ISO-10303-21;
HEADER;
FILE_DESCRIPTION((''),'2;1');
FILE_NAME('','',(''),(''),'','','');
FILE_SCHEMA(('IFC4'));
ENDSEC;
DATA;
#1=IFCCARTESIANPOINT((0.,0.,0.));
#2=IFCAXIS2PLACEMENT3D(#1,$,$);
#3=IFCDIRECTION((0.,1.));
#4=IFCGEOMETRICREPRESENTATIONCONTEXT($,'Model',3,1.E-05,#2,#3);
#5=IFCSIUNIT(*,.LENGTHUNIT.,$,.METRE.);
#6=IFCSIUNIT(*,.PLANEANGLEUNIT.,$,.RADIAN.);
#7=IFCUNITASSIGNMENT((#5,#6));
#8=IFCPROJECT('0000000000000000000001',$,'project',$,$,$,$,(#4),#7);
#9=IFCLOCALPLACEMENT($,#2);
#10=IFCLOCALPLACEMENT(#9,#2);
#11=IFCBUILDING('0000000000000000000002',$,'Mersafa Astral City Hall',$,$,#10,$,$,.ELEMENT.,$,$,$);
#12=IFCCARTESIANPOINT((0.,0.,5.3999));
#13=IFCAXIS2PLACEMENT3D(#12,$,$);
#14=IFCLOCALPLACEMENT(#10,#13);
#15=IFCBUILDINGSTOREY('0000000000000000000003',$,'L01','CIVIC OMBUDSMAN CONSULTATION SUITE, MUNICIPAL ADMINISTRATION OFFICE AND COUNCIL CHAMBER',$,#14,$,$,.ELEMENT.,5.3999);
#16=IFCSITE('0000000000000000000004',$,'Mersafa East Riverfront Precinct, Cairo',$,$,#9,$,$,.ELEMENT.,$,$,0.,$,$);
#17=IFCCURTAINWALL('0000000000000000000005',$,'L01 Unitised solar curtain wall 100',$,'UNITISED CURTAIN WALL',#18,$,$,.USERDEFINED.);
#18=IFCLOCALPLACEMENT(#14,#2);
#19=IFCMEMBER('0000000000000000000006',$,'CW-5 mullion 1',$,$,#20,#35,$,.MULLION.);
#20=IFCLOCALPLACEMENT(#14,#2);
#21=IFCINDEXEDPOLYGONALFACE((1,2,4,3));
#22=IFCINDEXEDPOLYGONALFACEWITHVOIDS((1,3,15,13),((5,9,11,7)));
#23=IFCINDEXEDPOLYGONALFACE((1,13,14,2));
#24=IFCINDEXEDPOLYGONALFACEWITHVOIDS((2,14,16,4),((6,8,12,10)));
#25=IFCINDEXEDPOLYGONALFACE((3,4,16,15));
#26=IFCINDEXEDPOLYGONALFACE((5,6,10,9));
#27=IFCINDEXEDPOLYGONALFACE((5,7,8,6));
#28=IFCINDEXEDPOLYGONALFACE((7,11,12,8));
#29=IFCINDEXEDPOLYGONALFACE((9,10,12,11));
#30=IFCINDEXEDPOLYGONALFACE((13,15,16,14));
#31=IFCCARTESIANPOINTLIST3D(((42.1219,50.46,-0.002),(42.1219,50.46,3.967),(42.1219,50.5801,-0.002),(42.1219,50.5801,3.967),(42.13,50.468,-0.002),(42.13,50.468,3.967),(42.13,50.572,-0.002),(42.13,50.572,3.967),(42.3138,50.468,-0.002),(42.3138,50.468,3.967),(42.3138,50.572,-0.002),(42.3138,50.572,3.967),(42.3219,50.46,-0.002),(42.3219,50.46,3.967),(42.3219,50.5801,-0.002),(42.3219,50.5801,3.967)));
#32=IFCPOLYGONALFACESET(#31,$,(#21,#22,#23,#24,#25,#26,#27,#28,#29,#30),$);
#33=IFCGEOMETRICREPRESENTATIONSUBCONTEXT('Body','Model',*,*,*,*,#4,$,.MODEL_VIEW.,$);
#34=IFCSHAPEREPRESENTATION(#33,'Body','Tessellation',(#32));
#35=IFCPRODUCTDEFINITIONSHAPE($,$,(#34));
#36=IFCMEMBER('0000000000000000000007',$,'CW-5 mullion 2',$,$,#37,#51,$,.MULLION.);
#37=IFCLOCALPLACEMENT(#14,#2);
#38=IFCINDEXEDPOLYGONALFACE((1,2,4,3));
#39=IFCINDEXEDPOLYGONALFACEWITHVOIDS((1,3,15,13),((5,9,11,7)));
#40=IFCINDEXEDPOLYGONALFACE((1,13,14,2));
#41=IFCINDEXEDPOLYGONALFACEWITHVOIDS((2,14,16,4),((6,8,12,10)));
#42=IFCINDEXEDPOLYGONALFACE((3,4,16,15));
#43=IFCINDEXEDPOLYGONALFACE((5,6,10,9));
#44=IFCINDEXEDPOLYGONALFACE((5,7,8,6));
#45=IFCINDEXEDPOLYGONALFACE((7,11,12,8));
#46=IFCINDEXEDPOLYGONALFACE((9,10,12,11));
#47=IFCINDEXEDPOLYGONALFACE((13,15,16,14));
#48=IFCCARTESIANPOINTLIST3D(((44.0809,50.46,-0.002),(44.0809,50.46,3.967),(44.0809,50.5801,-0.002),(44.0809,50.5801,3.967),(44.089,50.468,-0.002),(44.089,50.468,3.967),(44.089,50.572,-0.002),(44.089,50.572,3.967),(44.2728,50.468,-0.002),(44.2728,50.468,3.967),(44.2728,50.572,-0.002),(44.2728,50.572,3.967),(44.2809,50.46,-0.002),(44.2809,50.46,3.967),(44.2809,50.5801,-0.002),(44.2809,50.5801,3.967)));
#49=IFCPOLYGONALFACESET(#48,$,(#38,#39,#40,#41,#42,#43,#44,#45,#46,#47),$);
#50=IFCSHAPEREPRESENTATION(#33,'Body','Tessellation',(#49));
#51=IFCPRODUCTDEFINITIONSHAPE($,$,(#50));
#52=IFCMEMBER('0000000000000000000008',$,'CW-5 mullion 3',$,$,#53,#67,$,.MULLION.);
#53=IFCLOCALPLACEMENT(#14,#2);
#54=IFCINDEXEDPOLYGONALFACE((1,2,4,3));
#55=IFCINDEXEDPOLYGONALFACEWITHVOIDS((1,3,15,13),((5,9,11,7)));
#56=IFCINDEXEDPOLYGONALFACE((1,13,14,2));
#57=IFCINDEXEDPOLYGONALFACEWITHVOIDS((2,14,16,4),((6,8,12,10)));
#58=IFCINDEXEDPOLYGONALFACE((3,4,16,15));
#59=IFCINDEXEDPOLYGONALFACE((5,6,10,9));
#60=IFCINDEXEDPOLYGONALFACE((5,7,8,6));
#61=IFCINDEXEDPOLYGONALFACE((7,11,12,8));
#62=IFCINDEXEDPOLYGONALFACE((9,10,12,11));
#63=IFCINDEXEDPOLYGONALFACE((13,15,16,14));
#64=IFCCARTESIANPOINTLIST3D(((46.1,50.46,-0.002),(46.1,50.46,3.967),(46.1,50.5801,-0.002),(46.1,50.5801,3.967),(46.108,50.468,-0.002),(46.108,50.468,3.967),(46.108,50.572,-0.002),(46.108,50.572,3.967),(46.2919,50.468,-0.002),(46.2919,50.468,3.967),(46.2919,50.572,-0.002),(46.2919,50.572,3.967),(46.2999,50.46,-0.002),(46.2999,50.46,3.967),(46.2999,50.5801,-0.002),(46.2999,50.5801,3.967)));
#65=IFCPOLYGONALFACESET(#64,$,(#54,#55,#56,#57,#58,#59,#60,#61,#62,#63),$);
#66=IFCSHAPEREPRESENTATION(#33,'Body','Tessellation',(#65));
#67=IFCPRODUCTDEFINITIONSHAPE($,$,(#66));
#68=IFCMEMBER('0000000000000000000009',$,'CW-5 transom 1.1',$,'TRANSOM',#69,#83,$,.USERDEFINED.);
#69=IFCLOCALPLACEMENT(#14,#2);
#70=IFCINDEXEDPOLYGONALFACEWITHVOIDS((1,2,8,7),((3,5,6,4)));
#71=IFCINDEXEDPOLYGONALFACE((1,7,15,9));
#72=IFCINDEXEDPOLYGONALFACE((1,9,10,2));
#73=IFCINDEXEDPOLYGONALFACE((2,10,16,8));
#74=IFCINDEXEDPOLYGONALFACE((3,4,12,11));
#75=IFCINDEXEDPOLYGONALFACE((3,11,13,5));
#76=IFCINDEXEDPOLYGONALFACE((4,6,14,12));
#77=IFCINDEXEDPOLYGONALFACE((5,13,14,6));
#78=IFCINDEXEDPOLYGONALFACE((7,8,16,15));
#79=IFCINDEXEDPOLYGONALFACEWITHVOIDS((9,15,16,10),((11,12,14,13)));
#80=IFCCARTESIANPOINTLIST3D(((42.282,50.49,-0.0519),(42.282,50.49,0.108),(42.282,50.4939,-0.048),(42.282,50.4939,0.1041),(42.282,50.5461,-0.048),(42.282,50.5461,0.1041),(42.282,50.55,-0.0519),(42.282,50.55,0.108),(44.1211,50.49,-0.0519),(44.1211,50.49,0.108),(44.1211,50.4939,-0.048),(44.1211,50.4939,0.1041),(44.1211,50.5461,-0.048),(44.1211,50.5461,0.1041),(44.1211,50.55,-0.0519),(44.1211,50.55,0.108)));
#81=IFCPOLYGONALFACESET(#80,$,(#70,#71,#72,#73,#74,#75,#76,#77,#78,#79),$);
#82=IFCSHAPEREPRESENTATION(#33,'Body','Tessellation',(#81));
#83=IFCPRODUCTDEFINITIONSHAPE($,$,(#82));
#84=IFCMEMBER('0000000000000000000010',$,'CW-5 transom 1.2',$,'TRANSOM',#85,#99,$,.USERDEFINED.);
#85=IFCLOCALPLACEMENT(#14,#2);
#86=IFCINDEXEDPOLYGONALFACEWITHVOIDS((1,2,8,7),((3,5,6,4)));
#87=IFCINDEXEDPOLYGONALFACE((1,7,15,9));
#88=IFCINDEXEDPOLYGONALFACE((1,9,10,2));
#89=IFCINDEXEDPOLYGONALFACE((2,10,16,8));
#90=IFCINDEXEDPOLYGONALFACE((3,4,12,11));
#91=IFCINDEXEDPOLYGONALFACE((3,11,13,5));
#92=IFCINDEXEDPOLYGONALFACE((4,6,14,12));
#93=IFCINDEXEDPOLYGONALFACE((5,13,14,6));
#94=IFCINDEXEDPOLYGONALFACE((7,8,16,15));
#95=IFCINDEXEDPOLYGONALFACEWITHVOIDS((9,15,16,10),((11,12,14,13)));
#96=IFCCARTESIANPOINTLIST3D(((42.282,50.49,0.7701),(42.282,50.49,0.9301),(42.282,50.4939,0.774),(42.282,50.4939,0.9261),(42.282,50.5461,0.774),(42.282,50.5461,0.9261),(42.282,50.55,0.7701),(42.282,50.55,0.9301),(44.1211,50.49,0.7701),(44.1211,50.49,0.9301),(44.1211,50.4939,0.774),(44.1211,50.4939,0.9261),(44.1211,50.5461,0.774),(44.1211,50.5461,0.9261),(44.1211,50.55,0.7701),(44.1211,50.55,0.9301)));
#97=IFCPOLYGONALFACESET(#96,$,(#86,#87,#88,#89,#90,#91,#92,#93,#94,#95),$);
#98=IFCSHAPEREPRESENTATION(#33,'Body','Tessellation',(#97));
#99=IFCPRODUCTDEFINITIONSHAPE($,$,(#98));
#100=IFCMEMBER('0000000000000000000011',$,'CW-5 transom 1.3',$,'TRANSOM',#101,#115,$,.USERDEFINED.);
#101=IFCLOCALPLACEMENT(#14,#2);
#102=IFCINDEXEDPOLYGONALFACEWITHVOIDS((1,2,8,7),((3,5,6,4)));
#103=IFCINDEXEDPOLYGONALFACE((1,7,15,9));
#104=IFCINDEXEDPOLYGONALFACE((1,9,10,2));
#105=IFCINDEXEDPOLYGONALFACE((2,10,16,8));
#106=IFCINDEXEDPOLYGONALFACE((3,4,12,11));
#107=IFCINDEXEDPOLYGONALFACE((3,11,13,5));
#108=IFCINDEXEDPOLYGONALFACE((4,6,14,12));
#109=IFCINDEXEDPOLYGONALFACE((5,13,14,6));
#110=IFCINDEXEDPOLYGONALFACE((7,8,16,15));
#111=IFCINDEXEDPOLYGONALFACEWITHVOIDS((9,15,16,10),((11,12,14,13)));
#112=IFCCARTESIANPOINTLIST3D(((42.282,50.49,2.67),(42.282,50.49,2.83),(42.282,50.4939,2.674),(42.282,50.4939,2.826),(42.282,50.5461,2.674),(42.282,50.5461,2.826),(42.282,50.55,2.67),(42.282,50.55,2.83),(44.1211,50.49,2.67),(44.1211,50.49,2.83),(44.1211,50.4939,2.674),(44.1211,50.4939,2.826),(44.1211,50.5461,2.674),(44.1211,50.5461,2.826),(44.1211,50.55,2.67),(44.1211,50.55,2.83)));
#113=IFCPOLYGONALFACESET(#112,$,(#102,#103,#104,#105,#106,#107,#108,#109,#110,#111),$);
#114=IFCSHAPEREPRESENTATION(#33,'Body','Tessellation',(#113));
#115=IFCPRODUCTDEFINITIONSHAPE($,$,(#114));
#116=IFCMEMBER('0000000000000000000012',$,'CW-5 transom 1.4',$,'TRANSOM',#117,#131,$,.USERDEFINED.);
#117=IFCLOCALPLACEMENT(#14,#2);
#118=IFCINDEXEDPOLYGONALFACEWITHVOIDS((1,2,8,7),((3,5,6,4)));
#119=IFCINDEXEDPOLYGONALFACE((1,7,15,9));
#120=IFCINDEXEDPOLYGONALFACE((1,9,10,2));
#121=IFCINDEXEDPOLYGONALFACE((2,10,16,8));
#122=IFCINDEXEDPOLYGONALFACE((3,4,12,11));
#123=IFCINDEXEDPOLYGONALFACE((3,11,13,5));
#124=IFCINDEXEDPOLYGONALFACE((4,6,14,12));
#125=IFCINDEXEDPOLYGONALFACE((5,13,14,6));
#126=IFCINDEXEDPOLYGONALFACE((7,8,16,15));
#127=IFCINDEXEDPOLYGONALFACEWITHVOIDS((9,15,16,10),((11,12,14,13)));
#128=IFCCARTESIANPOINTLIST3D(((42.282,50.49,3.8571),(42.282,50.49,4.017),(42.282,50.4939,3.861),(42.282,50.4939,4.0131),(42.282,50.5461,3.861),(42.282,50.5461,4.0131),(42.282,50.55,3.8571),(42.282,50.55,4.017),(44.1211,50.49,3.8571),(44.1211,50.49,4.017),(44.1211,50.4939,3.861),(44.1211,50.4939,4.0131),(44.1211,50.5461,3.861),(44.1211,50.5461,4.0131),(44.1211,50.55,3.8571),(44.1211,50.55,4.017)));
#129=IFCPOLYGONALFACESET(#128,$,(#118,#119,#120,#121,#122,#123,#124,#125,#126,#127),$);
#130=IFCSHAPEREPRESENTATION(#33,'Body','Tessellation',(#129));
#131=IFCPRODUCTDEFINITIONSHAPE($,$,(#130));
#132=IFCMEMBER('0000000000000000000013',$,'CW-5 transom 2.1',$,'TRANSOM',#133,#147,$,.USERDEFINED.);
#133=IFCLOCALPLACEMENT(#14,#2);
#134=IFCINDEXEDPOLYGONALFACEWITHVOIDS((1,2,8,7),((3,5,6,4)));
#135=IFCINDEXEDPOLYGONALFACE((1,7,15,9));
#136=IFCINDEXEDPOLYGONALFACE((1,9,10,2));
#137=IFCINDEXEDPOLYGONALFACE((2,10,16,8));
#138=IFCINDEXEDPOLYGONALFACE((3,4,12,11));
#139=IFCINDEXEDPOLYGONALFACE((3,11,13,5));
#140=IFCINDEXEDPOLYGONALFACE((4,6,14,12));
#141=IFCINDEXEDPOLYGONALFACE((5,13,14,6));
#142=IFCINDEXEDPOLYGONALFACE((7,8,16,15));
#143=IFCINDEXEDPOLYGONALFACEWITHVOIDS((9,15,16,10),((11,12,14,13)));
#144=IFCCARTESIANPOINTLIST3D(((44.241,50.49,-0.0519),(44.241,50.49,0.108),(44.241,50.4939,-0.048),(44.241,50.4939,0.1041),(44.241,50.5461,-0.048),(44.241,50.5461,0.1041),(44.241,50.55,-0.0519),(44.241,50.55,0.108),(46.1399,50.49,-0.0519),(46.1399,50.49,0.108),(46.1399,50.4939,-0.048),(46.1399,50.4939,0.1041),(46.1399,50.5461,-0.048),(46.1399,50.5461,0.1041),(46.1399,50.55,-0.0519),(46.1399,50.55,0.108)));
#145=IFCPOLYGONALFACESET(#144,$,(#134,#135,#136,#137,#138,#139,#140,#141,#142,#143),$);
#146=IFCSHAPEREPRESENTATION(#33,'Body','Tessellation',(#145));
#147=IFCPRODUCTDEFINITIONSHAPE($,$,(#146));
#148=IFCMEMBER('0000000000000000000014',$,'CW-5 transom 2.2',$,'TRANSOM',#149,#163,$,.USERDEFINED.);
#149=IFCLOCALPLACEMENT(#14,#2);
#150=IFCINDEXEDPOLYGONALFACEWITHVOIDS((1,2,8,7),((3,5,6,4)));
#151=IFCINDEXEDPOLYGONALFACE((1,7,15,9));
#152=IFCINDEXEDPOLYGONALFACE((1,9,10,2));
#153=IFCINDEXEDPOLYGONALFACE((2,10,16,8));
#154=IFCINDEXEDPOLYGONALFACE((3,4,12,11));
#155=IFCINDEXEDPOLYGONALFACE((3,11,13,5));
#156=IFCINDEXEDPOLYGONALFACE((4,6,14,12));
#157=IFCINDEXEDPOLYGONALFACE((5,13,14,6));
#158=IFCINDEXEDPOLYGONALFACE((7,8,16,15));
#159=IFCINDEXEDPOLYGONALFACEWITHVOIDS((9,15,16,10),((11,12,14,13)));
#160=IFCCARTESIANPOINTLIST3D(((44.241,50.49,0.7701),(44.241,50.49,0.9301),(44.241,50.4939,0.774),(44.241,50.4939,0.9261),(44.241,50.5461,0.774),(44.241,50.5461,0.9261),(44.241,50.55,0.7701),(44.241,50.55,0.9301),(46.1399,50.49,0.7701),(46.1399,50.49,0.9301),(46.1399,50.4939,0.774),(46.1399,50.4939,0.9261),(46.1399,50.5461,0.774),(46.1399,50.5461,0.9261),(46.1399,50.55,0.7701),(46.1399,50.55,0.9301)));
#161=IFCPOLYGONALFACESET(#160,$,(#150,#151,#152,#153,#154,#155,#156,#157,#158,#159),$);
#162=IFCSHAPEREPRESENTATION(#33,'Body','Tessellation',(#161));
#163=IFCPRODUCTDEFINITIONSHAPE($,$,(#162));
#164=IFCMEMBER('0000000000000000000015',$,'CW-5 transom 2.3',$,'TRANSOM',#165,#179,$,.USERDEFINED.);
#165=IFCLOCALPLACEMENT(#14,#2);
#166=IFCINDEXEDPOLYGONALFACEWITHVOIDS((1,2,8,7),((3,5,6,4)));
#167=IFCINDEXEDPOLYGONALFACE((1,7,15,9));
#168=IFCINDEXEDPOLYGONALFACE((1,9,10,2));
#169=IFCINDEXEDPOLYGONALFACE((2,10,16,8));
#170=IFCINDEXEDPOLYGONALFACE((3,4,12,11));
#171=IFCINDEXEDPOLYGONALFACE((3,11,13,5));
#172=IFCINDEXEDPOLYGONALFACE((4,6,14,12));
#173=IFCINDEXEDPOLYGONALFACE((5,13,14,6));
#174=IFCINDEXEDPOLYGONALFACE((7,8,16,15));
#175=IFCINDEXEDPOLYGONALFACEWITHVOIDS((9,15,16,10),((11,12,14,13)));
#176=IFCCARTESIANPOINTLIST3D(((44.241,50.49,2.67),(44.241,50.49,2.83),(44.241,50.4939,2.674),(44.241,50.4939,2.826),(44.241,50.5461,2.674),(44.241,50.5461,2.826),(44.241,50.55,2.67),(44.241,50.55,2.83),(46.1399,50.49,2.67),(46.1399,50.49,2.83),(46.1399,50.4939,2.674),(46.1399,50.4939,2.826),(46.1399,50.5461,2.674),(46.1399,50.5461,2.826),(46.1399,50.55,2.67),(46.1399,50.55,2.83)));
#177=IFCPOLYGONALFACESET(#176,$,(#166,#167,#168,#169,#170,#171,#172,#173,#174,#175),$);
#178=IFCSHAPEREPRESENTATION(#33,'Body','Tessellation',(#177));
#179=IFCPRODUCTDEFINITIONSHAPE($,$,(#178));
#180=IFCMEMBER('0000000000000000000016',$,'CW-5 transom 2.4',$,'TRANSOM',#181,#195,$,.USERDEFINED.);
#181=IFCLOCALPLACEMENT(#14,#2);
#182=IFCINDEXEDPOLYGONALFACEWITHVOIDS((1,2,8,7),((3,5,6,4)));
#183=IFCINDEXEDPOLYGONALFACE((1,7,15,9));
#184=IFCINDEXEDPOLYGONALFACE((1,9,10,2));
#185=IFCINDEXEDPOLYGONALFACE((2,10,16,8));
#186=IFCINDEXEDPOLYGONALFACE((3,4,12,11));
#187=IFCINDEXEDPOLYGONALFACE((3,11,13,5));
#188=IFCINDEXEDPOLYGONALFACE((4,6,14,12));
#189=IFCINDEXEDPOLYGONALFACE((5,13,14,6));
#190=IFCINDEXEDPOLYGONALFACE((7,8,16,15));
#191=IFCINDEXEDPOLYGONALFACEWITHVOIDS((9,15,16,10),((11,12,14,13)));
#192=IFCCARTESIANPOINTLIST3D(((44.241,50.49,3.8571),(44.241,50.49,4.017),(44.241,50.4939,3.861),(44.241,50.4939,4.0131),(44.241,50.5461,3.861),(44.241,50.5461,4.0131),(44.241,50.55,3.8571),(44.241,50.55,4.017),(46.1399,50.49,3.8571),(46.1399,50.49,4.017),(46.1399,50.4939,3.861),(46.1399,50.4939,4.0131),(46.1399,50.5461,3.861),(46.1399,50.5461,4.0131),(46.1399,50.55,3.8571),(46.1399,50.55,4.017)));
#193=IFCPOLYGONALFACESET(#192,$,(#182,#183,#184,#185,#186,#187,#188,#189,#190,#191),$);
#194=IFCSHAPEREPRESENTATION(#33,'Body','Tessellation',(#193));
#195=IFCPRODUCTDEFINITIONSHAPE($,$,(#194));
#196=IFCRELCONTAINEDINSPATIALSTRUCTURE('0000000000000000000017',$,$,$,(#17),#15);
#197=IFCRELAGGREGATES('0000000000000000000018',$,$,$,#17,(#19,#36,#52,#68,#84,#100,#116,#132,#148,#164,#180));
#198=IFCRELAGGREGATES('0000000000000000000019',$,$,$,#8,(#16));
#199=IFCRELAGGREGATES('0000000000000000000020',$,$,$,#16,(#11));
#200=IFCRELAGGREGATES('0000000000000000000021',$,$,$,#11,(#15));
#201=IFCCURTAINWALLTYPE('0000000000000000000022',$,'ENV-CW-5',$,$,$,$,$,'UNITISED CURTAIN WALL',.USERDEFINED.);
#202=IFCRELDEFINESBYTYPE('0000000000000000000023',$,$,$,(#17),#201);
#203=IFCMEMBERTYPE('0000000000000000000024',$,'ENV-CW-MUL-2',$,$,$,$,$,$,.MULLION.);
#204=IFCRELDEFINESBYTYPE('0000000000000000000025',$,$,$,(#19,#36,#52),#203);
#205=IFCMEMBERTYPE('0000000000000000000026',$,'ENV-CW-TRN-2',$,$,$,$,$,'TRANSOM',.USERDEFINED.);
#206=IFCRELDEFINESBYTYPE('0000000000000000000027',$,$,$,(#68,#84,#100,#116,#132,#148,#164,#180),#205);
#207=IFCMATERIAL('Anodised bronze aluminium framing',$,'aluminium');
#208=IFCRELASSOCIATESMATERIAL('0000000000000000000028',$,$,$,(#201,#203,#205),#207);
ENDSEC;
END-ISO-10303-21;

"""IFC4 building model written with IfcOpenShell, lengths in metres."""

from ifc_helpers import new_model, si_unit, direction, frame, origin, origin_2d, place, context, subcontext, project, spatial, hollow_rectangle, extrude, material, material_profile, profile_set, type_object, element, aggregate, save


model = new_model("IFC4")

# Units and contexts
model_context = context("Model", 3, precision=1e-05, world=origin(), true_north=direction((0.0, 1.0)))
body_context = subcontext(model_context, "Body", "Model", "MODEL_VIEW")
ifc_project = project(units=[si_unit("LENGTHUNIT", "METRE"), si_unit("PLANEANGLEUNIT", "RADIAN")], contexts=[model_context])

# Site, building, storey
site_placement = place(None, origin())
site = spatial("IfcSite", under=ifc_project, at=site_placement, Name="Mersafa East Riverfront Precinct, Cairo", CompositionType="ELEMENT", RefElevation=0.0)
building_placement = place(site_placement, origin())
building = spatial("IfcBuilding", under=site, at=building_placement, Name="Mersafa Astral City Hall", CompositionType="ELEMENT")
storey_placement = place(building_placement, frame((0.0, 0.0, 5.3999)))
storey = spatial("IfcBuildingStorey", under=building, at=storey_placement, Name="L01", Description="CIVIC OMBUDSMAN CONSULTATION SUITE, MUNICIPAL ADMINISTRATION OFFICE AND COUNCIL CHAMBER", CompositionType="ELEMENT", Elevation=5.3999)

# Curtain wall, members
ifc_material_1 = material(Name="Anodised bronze aluminium framing", Category="aluminium")
curtain_wall_type = type_object("IfcCurtainWallType", Name="ENV-CW-5", ElementType="UNITISED CURTAIN WALL", PredefinedType="USERDEFINED", material=ifc_material_1)
curtain_wall_placement = place(storey_placement, origin())
curtain_wall = element("IfcCurtainWall", 1, at=curtain_wall_placement, inside=storey, type_object=curtain_wall_type, Name="L01 Unitised solar curtain wall 100", ObjectType="UNITISED CURTAIN WALL", PredefinedType="USERDEFINED")
ifc_material_profile_1 = material_profile(ifc_material_1, hollow_rectangle(XDim=0.1201, YDim=0.2, WallThickness=0.0081, at=origin_2d()), Name="RHS 120x200x8")
ifc_profile_set_1 = profile_set([ifc_material_profile_1], Name="Anodised bronze aluminium framing")
member_type_1 = type_object("IfcMemberType", Name="ENV-CW-MUL-2", PredefinedType="MULLION", material=ifc_profile_set_1)
member_1_placement = place(storey_placement, frame((42.2219, 50.52, -0.002), z_axis=(0.0, 0.0, 1.0), x_axis=(0.0, 1.0, 0.0)))
member_1 = element("IfcMember", 2, at=member_1_placement, type_object=member_type_1, Name="CW-5 mullion 1", PredefinedType="MULLION", context=body_context, shape_type="SweptSolid", body=[
    extrude(hollow_rectangle(XDim=0.1201, YDim=0.2, WallThickness=0.0081, at=origin_2d()), origin(), (0.0, 0.0, 1.0), 3.969),
])
member_2_placement = place(storey_placement, frame((44.1809, 50.52, -0.002), z_axis=(0.0, 0.0, 1.0), x_axis=(0.0, 1.0, 0.0)))
member_2 = element("IfcMember", 3, at=member_2_placement, type_object=member_type_1, Name="CW-5 mullion 2", PredefinedType="MULLION", context=body_context, shape_type="SweptSolid", body=[
    extrude(hollow_rectangle(XDim=0.1201, YDim=0.2, WallThickness=0.0081, at=origin_2d()), origin(), (0.0, 0.0, 1.0), 3.969),
])
member_3_placement = place(storey_placement, frame((46.2, 50.52, -0.002), z_axis=(0.0, 0.0, 1.0), x_axis=(0.0, 1.0, 0.0)))
member_3 = element("IfcMember", 4, at=member_3_placement, type_object=member_type_1, Name="CW-5 mullion 3", PredefinedType="MULLION", context=body_context, shape_type="SweptSolid", body=[
    extrude(hollow_rectangle(XDim=0.1201, YDim=0.2, WallThickness=0.0081, at=origin_2d()), origin(), (0.0, 0.0, 1.0), 3.969),
])
ifc_material_profile_2 = material_profile(ifc_material_1, hollow_rectangle(XDim=0.0601, YDim=0.1599, WallThickness=0.0039, at=origin_2d()), Name="RHS 60x160x4")
ifc_profile_set_2 = profile_set([ifc_material_profile_2], Name="Anodised bronze aluminium framing")
member_type_2 = type_object("IfcMemberType", Name="ENV-CW-TRN-2", ElementType="TRANSOM", PredefinedType="USERDEFINED", material=ifc_profile_set_2)
member_4_placement = place(storey_placement, frame((42.282, 50.52, 0.0281), z_axis=(1.0, 0.0, 0.0), x_axis=(0.0, 1.0, 0.0)))
member_4 = element("IfcMember", 5, at=member_4_placement, type_object=member_type_2, Name="CW-5 transom 1.1", ObjectType="TRANSOM", PredefinedType="USERDEFINED", context=body_context, shape_type="SweptSolid", body=[
    extrude(hollow_rectangle(XDim=0.0601, YDim=0.1599, WallThickness=0.0039, at=origin_2d()), origin(), (0.0, 0.0, 1.0), 1.8391),
])
member_5_placement = place(storey_placement, frame((42.282, 50.52, 0.8501), z_axis=(1.0, 0.0, 0.0), x_axis=(0.0, 1.0, 0.0)))
member_5 = element("IfcMember", 6, at=member_5_placement, type_object=member_type_2, Name="CW-5 transom 1.2", ObjectType="TRANSOM", PredefinedType="USERDEFINED", context=body_context, shape_type="SweptSolid", body=[
    extrude(hollow_rectangle(XDim=0.0601, YDim=0.1599, WallThickness=0.0039, at=origin_2d()), origin(), (0.0, 0.0, 1.0), 1.8391),
])
member_6_placement = place(storey_placement, frame((42.282, 50.52, 2.75), z_axis=(1.0, 0.0, 0.0), x_axis=(0.0, 1.0, 0.0)))
member_6 = element("IfcMember", 7, at=member_6_placement, type_object=member_type_2, Name="CW-5 transom 1.3", ObjectType="TRANSOM", PredefinedType="USERDEFINED", context=body_context, shape_type="SweptSolid", body=[
    extrude(hollow_rectangle(XDim=0.0601, YDim=0.1599, WallThickness=0.0039, at=origin_2d()), origin(), (0.0, 0.0, 1.0), 1.8391),
])
member_7_placement = place(storey_placement, frame((42.282, 50.52, 3.937), z_axis=(1.0, 0.0, 0.0), x_axis=(0.0, 1.0, 0.0)))
member_7 = element("IfcMember", 8, at=member_7_placement, type_object=member_type_2, Name="CW-5 transom 1.4", ObjectType="TRANSOM", PredefinedType="USERDEFINED", context=body_context, shape_type="SweptSolid", body=[
    extrude(hollow_rectangle(XDim=0.0601, YDim=0.1599, WallThickness=0.0039, at=origin_2d()), origin(), (0.0, 0.0, 1.0), 1.8391),
])
member_8_placement = place(storey_placement, frame((44.241, 50.52, 0.0281), z_axis=(1.0, 0.0, 0.0), x_axis=(0.0, 1.0, 0.0)))
member_8 = element("IfcMember", 9, at=member_8_placement, type_object=member_type_2, Name="CW-5 transom 2.1", ObjectType="TRANSOM", PredefinedType="USERDEFINED", context=body_context, shape_type="SweptSolid", body=[
    extrude(hollow_rectangle(XDim=0.0601, YDim=0.1599, WallThickness=0.0039, at=origin_2d()), origin(), (0.0, 0.0, 1.0), 1.8989),
])
member_9_placement = place(storey_placement, frame((44.241, 50.52, 0.8501), z_axis=(1.0, 0.0, 0.0), x_axis=(0.0, 1.0, 0.0)))
member_9 = element("IfcMember", 10, at=member_9_placement, type_object=member_type_2, Name="CW-5 transom 2.2", ObjectType="TRANSOM", PredefinedType="USERDEFINED", context=body_context, shape_type="SweptSolid", body=[
    extrude(hollow_rectangle(XDim=0.0601, YDim=0.1599, WallThickness=0.0039, at=origin_2d()), origin(), (0.0, 0.0, 1.0), 1.8989),
])
member_10_placement = place(storey_placement, frame((44.241, 50.52, 2.75), z_axis=(1.0, 0.0, 0.0), x_axis=(0.0, 1.0, 0.0)))
member_10 = element("IfcMember", 11, at=member_10_placement, type_object=member_type_2, Name="CW-5 transom 2.3", ObjectType="TRANSOM", PredefinedType="USERDEFINED", context=body_context, shape_type="SweptSolid", body=[
    extrude(hollow_rectangle(XDim=0.0601, YDim=0.1599, WallThickness=0.0039, at=origin_2d()), origin(), (0.0, 0.0, 1.0), 1.8989),
])
member_11_placement = place(storey_placement, frame((44.241, 50.52, 3.937), z_axis=(1.0, 0.0, 0.0), x_axis=(0.0, 1.0, 0.0)))
member_11 = element("IfcMember", 12, at=member_11_placement, type_object=member_type_2, Name="CW-5 transom 2.4", ObjectType="TRANSOM", PredefinedType="USERDEFINED", context=body_context, shape_type="SweptSolid", body=[
    extrude(hollow_rectangle(XDim=0.0601, YDim=0.1599, WallThickness=0.0039, at=origin_2d()), origin(), (0.0, 0.0, 1.0), 1.8989),
])

aggregate(curtain_wall, [member_1, member_2, member_3, member_4, member_5, member_6, member_7, member_8, member_9, member_10, member_11])

save(model, "model.ifc")
